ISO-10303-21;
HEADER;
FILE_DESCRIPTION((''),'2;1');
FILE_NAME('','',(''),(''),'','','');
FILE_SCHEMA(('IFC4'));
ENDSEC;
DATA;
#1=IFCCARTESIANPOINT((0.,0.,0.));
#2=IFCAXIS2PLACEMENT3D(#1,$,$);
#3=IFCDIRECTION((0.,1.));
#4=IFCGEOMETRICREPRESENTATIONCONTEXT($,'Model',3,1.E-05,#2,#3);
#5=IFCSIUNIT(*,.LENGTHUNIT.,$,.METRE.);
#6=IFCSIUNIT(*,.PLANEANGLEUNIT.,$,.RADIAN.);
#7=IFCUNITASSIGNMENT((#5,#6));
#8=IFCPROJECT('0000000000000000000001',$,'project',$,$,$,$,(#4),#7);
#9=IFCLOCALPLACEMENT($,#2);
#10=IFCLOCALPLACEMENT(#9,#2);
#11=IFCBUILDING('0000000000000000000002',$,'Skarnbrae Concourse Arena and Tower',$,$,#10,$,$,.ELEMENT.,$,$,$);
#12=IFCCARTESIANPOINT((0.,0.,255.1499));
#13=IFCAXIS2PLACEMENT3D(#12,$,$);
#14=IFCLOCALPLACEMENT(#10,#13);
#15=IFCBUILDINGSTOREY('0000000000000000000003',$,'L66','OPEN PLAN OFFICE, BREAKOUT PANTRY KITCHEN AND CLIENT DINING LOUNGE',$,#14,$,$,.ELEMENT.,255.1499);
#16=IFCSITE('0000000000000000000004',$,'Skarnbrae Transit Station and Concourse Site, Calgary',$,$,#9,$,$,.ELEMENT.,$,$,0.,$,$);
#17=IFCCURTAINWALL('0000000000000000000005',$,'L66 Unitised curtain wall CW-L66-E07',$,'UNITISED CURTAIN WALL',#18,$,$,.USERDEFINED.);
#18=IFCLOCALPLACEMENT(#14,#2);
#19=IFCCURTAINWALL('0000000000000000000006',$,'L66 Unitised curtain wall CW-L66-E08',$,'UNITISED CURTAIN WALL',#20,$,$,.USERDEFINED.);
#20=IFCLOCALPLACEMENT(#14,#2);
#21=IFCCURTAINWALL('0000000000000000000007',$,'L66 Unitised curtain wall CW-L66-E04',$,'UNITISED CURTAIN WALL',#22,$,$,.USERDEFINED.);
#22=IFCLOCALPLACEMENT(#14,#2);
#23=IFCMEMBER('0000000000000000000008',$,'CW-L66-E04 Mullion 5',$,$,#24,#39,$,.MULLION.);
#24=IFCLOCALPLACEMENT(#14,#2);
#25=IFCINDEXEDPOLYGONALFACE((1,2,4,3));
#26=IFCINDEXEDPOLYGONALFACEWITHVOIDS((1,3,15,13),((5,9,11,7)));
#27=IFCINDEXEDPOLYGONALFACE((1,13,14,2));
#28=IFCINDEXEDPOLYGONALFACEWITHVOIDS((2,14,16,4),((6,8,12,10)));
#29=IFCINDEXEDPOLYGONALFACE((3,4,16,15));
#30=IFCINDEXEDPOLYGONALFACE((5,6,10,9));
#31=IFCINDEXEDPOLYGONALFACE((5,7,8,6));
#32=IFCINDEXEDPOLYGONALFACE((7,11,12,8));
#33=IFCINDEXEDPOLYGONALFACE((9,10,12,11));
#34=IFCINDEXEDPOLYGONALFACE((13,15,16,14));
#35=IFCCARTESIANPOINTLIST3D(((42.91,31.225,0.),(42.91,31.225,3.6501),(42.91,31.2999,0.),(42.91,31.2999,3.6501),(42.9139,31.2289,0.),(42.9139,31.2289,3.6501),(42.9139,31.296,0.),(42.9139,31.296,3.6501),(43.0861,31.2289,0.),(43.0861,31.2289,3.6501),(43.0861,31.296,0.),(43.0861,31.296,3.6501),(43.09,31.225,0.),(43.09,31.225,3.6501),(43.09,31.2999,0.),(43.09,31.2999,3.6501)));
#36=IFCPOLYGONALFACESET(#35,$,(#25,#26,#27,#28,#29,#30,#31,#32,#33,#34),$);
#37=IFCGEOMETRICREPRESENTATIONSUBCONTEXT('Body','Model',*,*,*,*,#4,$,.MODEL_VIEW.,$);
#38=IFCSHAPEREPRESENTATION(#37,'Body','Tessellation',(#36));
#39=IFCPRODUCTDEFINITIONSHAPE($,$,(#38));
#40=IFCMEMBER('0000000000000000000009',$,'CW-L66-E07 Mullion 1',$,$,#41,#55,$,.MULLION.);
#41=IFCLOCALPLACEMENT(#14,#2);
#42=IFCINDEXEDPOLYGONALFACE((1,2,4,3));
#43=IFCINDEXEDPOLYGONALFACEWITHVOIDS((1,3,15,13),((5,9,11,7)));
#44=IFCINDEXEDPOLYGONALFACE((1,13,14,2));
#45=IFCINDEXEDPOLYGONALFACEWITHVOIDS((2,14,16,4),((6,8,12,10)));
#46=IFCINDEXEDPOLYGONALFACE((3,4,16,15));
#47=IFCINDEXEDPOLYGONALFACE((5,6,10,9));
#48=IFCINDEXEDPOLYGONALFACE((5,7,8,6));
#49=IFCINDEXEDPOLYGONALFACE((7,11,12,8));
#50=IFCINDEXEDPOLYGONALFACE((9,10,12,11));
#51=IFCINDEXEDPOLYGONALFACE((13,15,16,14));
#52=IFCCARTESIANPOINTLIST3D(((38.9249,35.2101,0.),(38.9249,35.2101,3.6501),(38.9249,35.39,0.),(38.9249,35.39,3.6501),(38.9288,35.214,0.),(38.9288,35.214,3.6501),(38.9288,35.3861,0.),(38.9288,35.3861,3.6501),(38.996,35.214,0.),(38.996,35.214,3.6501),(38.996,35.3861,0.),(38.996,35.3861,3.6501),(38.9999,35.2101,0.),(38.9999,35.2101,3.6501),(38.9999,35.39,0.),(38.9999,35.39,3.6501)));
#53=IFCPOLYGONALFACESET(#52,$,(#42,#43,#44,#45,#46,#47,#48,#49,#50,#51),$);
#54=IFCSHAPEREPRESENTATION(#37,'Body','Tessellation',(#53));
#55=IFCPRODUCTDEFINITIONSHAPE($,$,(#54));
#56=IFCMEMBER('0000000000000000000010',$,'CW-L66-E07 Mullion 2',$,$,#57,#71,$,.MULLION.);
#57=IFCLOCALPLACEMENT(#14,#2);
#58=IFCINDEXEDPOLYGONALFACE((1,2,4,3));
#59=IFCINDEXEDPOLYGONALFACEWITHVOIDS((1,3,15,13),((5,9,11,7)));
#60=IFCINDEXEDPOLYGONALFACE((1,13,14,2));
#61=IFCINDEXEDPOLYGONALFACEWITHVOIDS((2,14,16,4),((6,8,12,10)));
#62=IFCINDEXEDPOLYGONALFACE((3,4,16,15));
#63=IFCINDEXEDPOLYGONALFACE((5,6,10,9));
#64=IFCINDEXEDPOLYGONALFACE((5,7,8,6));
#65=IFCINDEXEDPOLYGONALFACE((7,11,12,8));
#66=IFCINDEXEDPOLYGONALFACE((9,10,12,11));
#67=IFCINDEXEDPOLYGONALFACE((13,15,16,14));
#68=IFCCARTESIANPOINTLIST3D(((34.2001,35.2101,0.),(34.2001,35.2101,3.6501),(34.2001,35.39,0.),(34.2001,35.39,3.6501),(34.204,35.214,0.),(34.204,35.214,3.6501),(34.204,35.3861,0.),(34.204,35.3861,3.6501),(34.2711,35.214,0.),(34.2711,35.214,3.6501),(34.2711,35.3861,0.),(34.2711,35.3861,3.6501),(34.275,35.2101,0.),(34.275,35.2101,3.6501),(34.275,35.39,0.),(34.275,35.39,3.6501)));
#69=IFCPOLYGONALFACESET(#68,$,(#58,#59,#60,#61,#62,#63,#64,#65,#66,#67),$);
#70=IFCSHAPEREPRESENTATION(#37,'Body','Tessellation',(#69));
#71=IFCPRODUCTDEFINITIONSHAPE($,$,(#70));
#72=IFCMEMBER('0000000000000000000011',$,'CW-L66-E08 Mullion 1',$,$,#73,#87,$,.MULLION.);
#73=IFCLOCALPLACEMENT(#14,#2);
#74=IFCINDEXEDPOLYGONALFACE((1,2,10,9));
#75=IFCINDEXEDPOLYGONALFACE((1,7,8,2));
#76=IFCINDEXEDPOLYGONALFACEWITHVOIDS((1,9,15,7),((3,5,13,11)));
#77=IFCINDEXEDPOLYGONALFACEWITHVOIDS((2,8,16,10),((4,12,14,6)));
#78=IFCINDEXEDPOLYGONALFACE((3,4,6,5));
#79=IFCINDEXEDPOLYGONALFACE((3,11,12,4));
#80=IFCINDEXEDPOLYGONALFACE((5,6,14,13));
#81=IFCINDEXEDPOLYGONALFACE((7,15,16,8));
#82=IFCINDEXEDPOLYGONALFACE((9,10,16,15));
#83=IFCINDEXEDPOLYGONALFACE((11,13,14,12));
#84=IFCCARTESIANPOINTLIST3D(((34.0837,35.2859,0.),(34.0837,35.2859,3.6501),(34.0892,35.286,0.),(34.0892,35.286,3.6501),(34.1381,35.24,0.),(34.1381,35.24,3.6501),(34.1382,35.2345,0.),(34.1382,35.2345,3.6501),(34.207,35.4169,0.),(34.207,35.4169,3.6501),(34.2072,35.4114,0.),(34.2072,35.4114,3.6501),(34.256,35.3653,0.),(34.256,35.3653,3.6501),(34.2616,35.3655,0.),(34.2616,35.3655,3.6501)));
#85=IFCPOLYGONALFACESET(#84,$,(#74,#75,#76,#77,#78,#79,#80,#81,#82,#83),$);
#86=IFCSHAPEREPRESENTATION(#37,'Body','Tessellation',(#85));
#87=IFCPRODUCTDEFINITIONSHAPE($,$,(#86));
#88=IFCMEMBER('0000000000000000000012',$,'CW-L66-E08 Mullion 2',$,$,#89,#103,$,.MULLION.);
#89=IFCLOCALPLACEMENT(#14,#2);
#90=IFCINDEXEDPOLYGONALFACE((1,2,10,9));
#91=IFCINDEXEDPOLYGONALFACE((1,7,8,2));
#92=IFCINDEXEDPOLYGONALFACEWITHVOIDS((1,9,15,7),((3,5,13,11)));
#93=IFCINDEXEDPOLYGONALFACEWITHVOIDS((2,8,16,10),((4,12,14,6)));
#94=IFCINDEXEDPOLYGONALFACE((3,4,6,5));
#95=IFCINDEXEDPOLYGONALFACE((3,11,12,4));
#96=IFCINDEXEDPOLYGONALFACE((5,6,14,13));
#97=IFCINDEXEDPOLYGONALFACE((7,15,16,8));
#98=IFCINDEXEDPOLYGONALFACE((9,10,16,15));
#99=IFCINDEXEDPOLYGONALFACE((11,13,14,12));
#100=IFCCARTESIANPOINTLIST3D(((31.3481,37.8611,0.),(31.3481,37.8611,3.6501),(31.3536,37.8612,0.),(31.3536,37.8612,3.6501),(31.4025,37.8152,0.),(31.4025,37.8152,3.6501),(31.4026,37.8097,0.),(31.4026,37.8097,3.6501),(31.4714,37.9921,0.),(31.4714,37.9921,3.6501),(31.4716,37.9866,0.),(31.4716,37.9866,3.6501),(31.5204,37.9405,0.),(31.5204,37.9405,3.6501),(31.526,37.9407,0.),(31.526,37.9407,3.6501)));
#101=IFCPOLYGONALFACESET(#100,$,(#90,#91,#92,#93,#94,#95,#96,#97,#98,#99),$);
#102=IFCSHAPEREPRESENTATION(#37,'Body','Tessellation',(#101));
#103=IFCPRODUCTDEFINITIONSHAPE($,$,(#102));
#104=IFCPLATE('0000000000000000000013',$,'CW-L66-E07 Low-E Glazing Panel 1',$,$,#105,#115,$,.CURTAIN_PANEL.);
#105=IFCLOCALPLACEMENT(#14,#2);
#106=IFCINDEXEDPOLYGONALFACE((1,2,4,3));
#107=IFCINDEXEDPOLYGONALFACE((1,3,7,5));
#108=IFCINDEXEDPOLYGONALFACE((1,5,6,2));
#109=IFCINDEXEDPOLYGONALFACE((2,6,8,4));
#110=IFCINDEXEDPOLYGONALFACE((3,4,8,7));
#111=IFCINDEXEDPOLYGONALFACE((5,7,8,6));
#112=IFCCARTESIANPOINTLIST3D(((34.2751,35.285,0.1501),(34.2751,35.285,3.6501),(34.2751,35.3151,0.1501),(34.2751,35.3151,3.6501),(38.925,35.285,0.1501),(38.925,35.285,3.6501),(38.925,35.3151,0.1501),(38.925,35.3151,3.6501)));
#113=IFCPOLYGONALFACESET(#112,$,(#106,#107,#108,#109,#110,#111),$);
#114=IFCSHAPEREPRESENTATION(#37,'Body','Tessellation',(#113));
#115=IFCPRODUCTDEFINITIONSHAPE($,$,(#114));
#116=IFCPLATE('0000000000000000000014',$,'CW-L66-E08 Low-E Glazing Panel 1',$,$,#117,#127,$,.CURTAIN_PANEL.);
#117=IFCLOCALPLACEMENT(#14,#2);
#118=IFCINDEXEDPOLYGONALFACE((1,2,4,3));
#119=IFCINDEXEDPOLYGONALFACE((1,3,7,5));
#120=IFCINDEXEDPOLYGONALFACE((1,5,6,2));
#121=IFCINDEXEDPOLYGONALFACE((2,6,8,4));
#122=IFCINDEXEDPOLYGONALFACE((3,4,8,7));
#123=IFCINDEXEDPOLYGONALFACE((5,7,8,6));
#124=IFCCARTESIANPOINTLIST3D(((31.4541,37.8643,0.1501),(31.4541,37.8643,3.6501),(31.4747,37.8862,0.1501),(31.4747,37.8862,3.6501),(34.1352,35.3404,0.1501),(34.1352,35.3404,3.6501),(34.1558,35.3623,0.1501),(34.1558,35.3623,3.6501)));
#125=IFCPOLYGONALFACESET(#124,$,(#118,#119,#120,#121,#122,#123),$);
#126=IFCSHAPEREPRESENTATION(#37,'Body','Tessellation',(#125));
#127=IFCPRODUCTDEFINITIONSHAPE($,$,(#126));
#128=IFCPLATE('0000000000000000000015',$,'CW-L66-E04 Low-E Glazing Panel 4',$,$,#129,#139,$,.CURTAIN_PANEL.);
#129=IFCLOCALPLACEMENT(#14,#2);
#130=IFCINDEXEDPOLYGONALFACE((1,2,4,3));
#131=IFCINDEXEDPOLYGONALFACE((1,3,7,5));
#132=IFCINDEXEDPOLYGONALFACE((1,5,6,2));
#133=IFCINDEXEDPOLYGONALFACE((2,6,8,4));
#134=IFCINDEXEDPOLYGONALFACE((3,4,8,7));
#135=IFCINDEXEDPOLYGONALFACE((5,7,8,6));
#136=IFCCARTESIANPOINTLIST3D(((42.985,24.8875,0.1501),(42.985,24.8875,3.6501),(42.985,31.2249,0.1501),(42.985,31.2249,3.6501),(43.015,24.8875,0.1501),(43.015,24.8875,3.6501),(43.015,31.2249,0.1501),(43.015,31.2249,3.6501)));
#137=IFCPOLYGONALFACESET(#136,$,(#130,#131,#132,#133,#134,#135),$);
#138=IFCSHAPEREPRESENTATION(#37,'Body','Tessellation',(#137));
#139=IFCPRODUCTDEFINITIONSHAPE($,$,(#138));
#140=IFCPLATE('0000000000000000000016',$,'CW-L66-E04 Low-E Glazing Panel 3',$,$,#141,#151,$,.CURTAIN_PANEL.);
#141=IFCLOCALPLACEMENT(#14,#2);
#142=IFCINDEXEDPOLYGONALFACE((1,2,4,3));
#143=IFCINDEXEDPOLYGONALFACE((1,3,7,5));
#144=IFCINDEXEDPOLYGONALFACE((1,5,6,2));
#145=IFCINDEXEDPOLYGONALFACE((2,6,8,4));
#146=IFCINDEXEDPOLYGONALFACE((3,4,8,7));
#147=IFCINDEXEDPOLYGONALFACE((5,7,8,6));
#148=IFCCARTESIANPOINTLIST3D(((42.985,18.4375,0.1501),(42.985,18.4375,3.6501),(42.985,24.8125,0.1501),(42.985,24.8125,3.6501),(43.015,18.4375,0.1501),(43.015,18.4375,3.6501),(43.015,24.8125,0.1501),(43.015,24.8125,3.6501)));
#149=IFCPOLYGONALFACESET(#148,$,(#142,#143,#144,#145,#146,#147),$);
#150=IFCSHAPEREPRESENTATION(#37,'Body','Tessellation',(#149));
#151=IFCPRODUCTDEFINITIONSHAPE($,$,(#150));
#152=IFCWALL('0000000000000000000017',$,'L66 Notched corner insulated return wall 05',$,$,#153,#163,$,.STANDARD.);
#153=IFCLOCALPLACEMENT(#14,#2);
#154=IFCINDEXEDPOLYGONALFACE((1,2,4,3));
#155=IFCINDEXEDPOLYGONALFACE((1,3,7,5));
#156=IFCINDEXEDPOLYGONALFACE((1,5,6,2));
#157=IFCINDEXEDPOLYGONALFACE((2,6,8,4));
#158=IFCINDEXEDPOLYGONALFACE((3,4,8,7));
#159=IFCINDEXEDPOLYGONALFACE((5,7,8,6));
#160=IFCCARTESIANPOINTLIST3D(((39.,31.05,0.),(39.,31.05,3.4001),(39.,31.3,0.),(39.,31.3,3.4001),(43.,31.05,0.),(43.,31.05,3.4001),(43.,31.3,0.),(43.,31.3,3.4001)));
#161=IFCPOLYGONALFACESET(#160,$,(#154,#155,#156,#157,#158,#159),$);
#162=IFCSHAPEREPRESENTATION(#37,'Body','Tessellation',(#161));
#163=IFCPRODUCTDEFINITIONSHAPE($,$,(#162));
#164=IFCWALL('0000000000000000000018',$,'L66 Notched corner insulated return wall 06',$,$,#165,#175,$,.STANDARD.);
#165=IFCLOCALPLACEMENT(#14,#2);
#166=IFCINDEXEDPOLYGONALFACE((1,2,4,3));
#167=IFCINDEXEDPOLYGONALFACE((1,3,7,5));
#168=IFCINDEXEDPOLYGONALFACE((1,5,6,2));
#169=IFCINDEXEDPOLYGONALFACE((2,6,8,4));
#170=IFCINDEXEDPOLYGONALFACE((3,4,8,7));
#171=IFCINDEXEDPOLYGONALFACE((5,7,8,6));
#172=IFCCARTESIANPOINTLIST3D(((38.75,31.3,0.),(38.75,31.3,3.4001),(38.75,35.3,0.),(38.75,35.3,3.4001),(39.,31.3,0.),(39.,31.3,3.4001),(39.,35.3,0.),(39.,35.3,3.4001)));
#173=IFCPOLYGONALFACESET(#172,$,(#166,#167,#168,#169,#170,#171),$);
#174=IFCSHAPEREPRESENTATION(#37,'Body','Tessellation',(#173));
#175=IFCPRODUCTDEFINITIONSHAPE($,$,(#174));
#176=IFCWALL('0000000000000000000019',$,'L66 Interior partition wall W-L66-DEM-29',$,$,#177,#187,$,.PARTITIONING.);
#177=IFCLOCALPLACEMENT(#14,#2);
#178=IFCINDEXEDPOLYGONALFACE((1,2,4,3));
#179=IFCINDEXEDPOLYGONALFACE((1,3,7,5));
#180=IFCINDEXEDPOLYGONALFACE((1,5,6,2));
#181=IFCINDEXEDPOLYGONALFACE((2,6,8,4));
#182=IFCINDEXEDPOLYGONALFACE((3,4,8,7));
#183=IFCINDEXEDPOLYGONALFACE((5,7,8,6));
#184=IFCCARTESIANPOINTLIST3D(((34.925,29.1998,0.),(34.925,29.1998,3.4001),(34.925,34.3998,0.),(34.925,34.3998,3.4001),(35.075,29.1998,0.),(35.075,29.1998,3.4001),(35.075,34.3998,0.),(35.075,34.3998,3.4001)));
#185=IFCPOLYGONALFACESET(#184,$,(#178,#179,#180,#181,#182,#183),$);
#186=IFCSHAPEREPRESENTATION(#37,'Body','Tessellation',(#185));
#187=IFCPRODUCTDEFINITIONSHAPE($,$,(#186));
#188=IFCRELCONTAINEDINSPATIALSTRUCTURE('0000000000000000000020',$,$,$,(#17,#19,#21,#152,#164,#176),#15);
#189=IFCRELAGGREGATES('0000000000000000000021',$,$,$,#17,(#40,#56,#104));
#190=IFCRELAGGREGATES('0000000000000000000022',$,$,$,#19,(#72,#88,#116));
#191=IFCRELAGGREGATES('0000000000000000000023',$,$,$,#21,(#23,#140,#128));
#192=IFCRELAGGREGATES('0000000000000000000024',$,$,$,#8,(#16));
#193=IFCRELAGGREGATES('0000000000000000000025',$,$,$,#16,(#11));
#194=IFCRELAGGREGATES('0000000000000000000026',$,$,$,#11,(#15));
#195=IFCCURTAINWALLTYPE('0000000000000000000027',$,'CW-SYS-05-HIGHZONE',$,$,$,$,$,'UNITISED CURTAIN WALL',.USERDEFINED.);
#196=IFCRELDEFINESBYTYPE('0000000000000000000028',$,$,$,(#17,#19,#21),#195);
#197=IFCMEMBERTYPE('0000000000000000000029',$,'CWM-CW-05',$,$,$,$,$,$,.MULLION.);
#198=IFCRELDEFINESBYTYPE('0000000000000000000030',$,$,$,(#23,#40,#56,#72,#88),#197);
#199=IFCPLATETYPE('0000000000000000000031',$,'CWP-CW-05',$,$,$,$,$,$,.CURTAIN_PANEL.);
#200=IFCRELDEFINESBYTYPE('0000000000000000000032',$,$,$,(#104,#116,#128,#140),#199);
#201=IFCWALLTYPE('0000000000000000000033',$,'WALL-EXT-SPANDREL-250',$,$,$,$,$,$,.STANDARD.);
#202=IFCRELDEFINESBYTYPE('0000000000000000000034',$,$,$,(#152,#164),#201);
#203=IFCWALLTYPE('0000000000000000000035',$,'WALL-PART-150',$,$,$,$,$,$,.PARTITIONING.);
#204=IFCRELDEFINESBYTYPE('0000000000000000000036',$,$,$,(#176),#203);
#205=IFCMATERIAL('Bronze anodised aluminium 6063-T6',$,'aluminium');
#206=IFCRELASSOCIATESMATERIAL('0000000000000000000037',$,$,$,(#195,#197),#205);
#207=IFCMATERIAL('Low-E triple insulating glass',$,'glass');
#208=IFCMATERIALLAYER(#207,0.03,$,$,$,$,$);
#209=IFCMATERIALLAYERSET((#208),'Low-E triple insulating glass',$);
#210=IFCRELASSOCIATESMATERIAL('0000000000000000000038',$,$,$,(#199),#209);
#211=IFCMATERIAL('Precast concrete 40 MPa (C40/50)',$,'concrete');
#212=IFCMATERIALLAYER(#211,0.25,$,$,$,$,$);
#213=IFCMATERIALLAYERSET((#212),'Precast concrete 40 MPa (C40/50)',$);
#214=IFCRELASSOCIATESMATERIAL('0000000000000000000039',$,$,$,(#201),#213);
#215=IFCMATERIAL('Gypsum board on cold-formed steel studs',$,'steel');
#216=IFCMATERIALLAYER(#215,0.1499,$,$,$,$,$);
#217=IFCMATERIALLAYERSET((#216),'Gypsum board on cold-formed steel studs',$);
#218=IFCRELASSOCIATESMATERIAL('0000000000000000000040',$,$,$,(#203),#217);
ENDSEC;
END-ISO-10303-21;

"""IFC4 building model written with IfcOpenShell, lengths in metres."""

from ifc_helpers import new_model, si_unit, direction, frame, frame_2d, origin, origin_2d, place, context, subcontext, project, spatial, rectangle, hollow_rectangle, extrude, source, transform, mapped, material, layer, layer_set, material_profile, profile_set, type_object, element, aggregate, save


model = new_model("IFC4")

# Units and contexts
model_context = context("Model", 3, precision=1e-05, world=origin(), true_north=direction((0.0, 1.0)))
body_context = subcontext(model_context, "Body", "Model", "MODEL_VIEW")
ifc_project = project(units=[si_unit("LENGTHUNIT", "METRE"), si_unit("PLANEANGLEUNIT", "RADIAN")], contexts=[model_context])

# Site, building, storey
site_placement = place(None, origin())
site = spatial("IfcSite", under=ifc_project, at=site_placement, Name="Skarnbrae Transit Station and Concourse Site, Calgary", CompositionType="ELEMENT", RefElevation=0.0)
building_placement = place(site_placement, origin())
building = spatial("IfcBuilding", under=site, at=building_placement, Name="Skarnbrae Concourse Arena and Tower", CompositionType="ELEMENT")
storey_placement = place(building_placement, frame((0.0, 0.0, 255.1499)))
storey = spatial("IfcBuildingStorey", under=building, at=storey_placement, Name="L66", Description="OPEN PLAN OFFICE, BREAKOUT PANTRY KITCHEN AND CLIENT DINING LOUNGE", CompositionType="ELEMENT", Elevation=255.1499)

# Curtain walls
ifc_material_1 = material(Name="Bronze anodised aluminium 6063-T6", Category="aluminium")
curtain_wall_type_1 = type_object("IfcCurtainWallType", Name="CW-SYS-05-HIGHZONE", ElementType="UNITISED CURTAIN WALL", PredefinedType="USERDEFINED", material=ifc_material_1)
curtain_wall_1_placement = place(storey_placement, origin())
curtain_wall_1 = element("IfcCurtainWall", 1, at=curtain_wall_1_placement, inside=storey, type_object=curtain_wall_type_1, Name="L66 Unitised curtain wall CW-L66-E07", ObjectType="UNITISED CURTAIN WALL", PredefinedType="USERDEFINED")
curtain_wall_2_placement = place(storey_placement, origin())
curtain_wall_2 = element("IfcCurtainWall", 2, at=curtain_wall_2_placement, inside=storey, type_object=curtain_wall_type_1, Name="L66 Unitised curtain wall CW-L66-E08", ObjectType="UNITISED CURTAIN WALL", PredefinedType="USERDEFINED")

# Curtain wall, member
curtain_wall_3_placement = place(storey_placement, origin())
curtain_wall_3 = element("IfcCurtainWall", 3, at=curtain_wall_3_placement, inside=storey, type_object=curtain_wall_type_1, Name="L66 Unitised curtain wall CW-L66-E04", ObjectType="UNITISED CURTAIN WALL", PredefinedType="USERDEFINED")
ifc_material_profile_1 = material_profile(ifc_material_1, hollow_rectangle(XDim=0.075, YDim=0.1799, WallThickness=0.0039, at=origin_2d()), Name="ALU-MULL-75X180")
ifc_profile_set_1 = profile_set([ifc_material_profile_1], Name="Bronze anodised aluminium 6063-T6")
member_type_1 = type_object("IfcMemberType", Name="CWM-CW-05", PredefinedType="MULLION", material=ifc_profile_set_1)
shared_shape_1 = source(origin(), body_context, "Body", "SweptSolid", [
    extrude(hollow_rectangle(XDim=0.075, YDim=0.1799, WallThickness=0.0039, at=origin_2d()), origin(), (0.0, 0.0, 1.0), 3.6501),
])
member_1_placement = place(storey_placement, frame((43.0, 31.2625, 0.0), z_axis=(0.0, 0.0, 1.0), x_axis=(0.0, 1.0, 0.0)))
member_1 = element("IfcMember", 4, at=member_1_placement, type_object=member_type_1, Name="CW-L66-E04 Mullion 5", PredefinedType="MULLION", context=body_context, shape_type="MappedRepresentation", body=[
    mapped(shared_shape_1, transform((0.0, 0.0, 0.0))),
])

# Members
member_2_placement = place(storey_placement, frame((38.9624, 35.3, 0.0), z_axis=(0.0, 0.0, 1.0), x_axis=(-1.0, 0.0, 0.0)))
member_2 = element("IfcMember", 5, at=member_2_placement, type_object=member_type_1, Name="CW-L66-E07 Mullion 1", PredefinedType="MULLION", context=body_context, shape_type="MappedRepresentation", body=[
    mapped(shared_shape_1, transform((0.0, 0.0, 0.0))),
])
member_3_placement = place(storey_placement, frame((34.2375, 35.3, 0.0), z_axis=(0.0, 0.0, 1.0), x_axis=(-1.0, 0.0, 0.0)))
member_3 = element("IfcMember", 6, at=member_3_placement, type_object=member_type_1, Name="CW-L66-E07 Mullion 2", PredefinedType="MULLION", context=body_context, shape_type="MappedRepresentation", body=[
    mapped(shared_shape_1, transform((0.0, 0.0, 0.0))),
])
member_4_placement = place(storey_placement, frame((34.1726, 35.3257, 0.0), z_axis=(0.0, 0.0, 1.0), x_axis=(-0.728131, 0.685438, 0.0)))
member_4 = element("IfcMember", 7, at=member_4_placement, type_object=member_type_1, Name="CW-L66-E08 Mullion 1", PredefinedType="MULLION", context=body_context, shape_type="MappedRepresentation", body=[
    mapped(shared_shape_1, transform((0.0, 0.0, 0.0))),
])
member_5_placement = place(storey_placement, frame((31.437, 37.9009, 0.0), z_axis=(0.0, 0.0, 1.0), x_axis=(-0.728131, 0.685438, 0.0)))
member_5 = element("IfcMember", 8, at=member_5_placement, type_object=member_type_1, Name="CW-L66-E08 Mullion 2", PredefinedType="MULLION", context=body_context, shape_type="MappedRepresentation", body=[
    mapped(shared_shape_1, transform((0.0, 0.0, 0.0))),
])

# Plates
ifc_material_2 = material(Name="Low-E triple insulating glass", Category="glass")
ifc_layer_1 = layer(ifc_material_2, 0.03)
ifc_layer_set_1 = layer_set([ifc_layer_1], Name="Low-E triple insulating glass")
plate_type = type_object("IfcPlateType", Name="CWP-CW-05", PredefinedType="CURTAIN_PANEL", material=ifc_layer_set_1)
shared_shape_2 = source(origin(), body_context, "Body", "SweptSolid", [
    extrude(rectangle(XDim=4.6499, YDim=0.03, at=origin_2d()), origin(), (0.0, 0.0, 1.0), 3.5),
])
plate_1_placement = place(storey_placement, frame((36.6001, 35.3, 0.1501), z_axis=(0.0, 0.0, 1.0), x_axis=(-1.0, 0.0, 0.0)))
plate_1 = element("IfcPlate", 9, at=plate_1_placement, type_object=plate_type, Name="CW-L66-E07 Low-E Glazing Panel 1", PredefinedType="CURTAIN_PANEL", context=body_context, shape_type="MappedRepresentation", body=[
    mapped(shared_shape_2, transform((0.0, 0.0, 0.0))),
])
aggregate(curtain_wall_1, [member_2, member_3, plate_1])
shared_shape_3 = source(origin(), body_context, "Body", "SweptSolid", [
    extrude(rectangle(XDim=3.6821, YDim=0.03, at=origin_2d()), origin(), (0.0, 0.0, 1.0), 3.5),
])
plate_2_placement = place(storey_placement, frame((32.8049, 36.6133, 0.1501), z_axis=(0.0, 0.0, 1.0), x_axis=(-0.728131, 0.685438, 0.0)))
plate_2 = element("IfcPlate", 10, at=plate_2_placement, type_object=plate_type, Name="CW-L66-E08 Low-E Glazing Panel 1", PredefinedType="CURTAIN_PANEL", context=body_context, shape_type="MappedRepresentation", body=[
    mapped(shared_shape_3, transform((0.0, 0.0, 0.0))),
])
aggregate(curtain_wall_2, [member_4, member_5, plate_2])
shared_shape_4 = source(origin(), body_context, "Body", "SweptSolid", [
    extrude(rectangle(XDim=6.3374, YDim=0.03, at=origin_2d()), origin(), (0.0, 0.0, 1.0), 3.5),
])
plate_3_placement = place(storey_placement, frame((43.0, 28.0562, 0.1501), z_axis=(0.0, 0.0, 1.0), x_axis=(0.0, 1.0, 0.0)))
plate_3 = element("IfcPlate", 11, at=plate_3_placement, type_object=plate_type, Name="CW-L66-E04 Low-E Glazing Panel 4", PredefinedType="CURTAIN_PANEL", context=body_context, shape_type="MappedRepresentation", body=[
    mapped(shared_shape_4, transform((0.0, 0.0, 0.0))),
])
shared_shape_5 = source(origin(), body_context, "Body", "SweptSolid", [
    extrude(rectangle(XDim=6.375, YDim=0.03, at=origin_2d()), origin(), (0.0, 0.0, 1.0), 3.5),
])
plate_4_placement = place(storey_placement, frame((43.0, 21.625, 0.1501), z_axis=(0.0, 0.0, 1.0), x_axis=(0.0, 1.0, 0.0)))
plate_4 = element("IfcPlate", 12, at=plate_4_placement, type_object=plate_type, Name="CW-L66-E04 Low-E Glazing Panel 3", PredefinedType="CURTAIN_PANEL", context=body_context, shape_type="MappedRepresentation", body=[
    mapped(shared_shape_5, transform((0.0, 0.0, 0.0))),
])
aggregate(curtain_wall_3, [member_1, plate_4, plate_3])

# Walls
ifc_material_3 = material(Name="Precast concrete 40 MPa (C40/50)", Category="concrete")
ifc_layer_2 = layer(ifc_material_3, 0.25)
ifc_layer_set_2 = layer_set([ifc_layer_2], Name="Precast concrete 40 MPa (C40/50)")
wall_type_1 = type_object("IfcWallType", Name="WALL-EXT-SPANDREL-250", PredefinedType="STANDARD", material=ifc_layer_set_2)
shared_shape_6 = source(origin(), body_context, "Body", "SweptSolid", [
    extrude(rectangle(XDim=4.0, YDim=0.25, at=frame_2d((2.0, 0.0))), origin(), (0.0, 0.0, 1.0), 3.4001),
])
for number, where, z_axis, x_axis, name in (
    (13, (43.0, 31.175, 0.0), (0.0, 0.0, 1.0), (-1.0, 0.0, 0.0), "L66 Notched corner insulated return wall 05"),
    (14, (38.875, 31.3, 0.0), (0.0, 0.0, 1.0), (0.0, 1.0, 0.0), "L66 Notched corner insulated return wall 06"),
):
    element("IfcWall", number, at=place(storey_placement, frame(where, z_axis=z_axis, x_axis=x_axis)), inside=storey, type_object=wall_type_1, Name=name, PredefinedType="STANDARD", context=body_context, shape_type="MappedRepresentation", body=[
        mapped(shared_shape_6, transform((0.0, 0.0, 0.0))),
    ])
ifc_material_4 = material(Name="Gypsum board on cold-formed steel studs", Category="steel")
ifc_layer_3 = layer(ifc_material_4, 0.1499)
ifc_layer_set_3 = layer_set([ifc_layer_3], Name="Gypsum board on cold-formed steel studs")
wall_type_2 = type_object("IfcWallType", Name="WALL-PART-150", PredefinedType="PARTITIONING", material=ifc_layer_set_3)
shared_shape_7 = source(origin(), body_context, "Body", "SweptSolid", [
    extrude(rectangle(XDim=5.2, YDim=0.1499, at=frame_2d((2.6001, 0.0))), origin(), (0.0, 0.0, 1.0), 3.4001),
])
wall_1_placement = place(storey_placement, frame((35.0, 34.3999, 0.0), z_axis=(0.0, 0.0, 1.0), x_axis=(0.0, -1.0, 0.0)))
element("IfcWall", 15, at=wall_1_placement, inside=storey, type_object=wall_type_2, Name="L66 Interior partition wall W-L66-DEM-29", PredefinedType="PARTITIONING", context=body_context, shape_type="MappedRepresentation", body=[
    mapped(shared_shape_7, transform((0.0, 0.0, 0.0))),
])

save(model, "model.ifc")
